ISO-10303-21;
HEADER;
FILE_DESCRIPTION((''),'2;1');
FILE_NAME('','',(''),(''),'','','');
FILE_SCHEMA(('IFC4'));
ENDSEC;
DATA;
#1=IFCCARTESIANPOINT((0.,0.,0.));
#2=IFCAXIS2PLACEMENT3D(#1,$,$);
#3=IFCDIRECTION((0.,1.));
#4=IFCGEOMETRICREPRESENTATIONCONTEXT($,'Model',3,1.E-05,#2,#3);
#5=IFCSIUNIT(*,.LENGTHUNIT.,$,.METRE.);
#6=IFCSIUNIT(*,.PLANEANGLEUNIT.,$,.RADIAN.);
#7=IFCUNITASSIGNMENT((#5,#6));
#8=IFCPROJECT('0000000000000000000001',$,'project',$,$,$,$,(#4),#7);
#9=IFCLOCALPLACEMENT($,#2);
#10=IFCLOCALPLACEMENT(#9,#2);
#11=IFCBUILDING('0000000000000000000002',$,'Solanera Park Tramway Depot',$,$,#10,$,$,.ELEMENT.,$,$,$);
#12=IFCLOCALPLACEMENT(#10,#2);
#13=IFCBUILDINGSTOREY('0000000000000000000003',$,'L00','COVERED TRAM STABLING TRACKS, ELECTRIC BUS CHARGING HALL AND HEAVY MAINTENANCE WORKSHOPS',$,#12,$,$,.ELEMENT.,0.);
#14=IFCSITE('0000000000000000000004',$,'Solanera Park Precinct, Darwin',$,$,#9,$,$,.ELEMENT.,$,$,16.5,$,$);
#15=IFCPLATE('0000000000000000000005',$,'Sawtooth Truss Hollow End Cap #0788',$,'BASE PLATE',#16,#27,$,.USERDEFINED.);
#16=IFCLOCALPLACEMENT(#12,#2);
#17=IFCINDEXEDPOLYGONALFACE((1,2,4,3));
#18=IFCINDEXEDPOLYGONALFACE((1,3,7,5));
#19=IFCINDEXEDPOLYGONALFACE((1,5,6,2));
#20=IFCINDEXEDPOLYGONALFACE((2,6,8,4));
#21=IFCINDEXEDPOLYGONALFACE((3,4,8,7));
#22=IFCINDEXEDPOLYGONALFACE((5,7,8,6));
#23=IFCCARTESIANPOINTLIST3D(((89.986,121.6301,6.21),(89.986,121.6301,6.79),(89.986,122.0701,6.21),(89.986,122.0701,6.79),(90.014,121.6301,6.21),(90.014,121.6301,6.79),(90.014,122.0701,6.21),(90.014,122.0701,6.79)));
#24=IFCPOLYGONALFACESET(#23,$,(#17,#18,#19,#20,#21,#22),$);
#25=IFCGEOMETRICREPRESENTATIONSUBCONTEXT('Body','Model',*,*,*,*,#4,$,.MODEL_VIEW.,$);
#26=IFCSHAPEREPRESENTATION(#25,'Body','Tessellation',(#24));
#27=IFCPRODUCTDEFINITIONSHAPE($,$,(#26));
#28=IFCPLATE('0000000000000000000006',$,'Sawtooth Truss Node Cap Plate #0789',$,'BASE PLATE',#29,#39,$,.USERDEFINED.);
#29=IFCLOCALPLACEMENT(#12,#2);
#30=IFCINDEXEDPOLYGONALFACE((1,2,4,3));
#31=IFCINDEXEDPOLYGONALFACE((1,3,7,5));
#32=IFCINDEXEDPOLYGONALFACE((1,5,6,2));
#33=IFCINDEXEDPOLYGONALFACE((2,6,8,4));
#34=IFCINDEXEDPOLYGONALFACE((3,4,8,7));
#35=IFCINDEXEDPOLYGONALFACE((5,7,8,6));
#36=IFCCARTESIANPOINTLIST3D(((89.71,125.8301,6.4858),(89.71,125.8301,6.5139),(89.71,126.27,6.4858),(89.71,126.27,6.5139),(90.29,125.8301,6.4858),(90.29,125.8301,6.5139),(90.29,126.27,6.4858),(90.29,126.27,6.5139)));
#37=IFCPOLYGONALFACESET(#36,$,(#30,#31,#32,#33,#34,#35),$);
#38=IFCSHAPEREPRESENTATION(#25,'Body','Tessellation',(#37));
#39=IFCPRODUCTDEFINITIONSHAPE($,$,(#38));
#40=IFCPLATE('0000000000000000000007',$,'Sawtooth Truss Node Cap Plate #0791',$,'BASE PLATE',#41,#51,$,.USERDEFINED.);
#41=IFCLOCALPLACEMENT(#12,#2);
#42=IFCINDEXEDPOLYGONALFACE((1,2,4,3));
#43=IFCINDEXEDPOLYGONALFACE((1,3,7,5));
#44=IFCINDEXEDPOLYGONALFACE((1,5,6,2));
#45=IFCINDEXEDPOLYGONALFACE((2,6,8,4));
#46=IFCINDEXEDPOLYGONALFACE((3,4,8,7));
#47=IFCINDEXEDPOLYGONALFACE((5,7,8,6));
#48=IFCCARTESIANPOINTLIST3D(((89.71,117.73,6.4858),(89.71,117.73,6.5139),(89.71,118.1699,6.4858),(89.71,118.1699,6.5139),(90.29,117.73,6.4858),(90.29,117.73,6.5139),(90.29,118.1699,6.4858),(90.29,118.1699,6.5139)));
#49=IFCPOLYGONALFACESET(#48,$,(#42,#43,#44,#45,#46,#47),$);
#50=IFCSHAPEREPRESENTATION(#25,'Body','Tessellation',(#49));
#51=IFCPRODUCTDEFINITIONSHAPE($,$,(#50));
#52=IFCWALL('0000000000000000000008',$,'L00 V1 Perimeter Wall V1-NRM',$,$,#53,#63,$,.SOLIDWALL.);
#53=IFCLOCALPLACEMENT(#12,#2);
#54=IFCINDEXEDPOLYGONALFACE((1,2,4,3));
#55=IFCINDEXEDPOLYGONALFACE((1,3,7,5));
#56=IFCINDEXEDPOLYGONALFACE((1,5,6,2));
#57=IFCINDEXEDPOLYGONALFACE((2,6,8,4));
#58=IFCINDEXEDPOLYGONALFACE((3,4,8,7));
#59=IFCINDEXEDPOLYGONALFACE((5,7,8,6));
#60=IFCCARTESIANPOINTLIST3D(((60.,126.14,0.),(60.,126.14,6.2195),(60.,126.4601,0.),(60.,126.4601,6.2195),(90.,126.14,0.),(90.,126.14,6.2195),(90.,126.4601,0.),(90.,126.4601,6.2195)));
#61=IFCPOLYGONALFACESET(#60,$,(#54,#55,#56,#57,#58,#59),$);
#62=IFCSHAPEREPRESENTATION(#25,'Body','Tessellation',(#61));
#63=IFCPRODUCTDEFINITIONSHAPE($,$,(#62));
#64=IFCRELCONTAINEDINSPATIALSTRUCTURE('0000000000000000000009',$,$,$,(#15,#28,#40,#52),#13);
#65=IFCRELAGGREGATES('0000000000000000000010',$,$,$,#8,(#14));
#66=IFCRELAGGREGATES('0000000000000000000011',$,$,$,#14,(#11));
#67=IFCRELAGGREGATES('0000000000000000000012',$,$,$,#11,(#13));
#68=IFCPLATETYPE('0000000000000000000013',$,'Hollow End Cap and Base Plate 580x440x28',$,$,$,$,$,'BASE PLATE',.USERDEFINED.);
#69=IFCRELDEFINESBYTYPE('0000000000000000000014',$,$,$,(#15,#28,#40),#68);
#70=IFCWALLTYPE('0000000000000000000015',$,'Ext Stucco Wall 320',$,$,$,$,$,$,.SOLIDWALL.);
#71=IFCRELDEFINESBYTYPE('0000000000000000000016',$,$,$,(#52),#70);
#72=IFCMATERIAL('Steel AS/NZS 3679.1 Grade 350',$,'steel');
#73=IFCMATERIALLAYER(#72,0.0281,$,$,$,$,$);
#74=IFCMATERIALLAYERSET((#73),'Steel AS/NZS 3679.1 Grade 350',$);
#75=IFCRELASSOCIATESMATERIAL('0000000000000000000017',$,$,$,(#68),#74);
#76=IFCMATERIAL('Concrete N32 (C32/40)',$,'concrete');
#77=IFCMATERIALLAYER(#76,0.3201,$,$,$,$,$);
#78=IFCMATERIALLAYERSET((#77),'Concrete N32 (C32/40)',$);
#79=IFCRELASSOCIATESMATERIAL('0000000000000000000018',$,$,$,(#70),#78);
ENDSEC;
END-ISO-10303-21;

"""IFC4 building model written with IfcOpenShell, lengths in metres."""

from ifc_helpers import new_model, si_unit, direction, frame, frame_2d, origin, origin_2d, place, context, subcontext, project, spatial, rectangle, extrude, material, layer, layer_set, type_object, element, save


model = new_model("IFC4")

# Units and contexts
model_context = context("Model", 3, precision=1e-05, world=origin(), true_north=direction((0.0, 1.0)))
body_context = subcontext(model_context, "Body", "Model", "MODEL_VIEW")
ifc_project = project(units=[si_unit("LENGTHUNIT", "METRE"), si_unit("PLANEANGLEUNIT", "RADIAN")], contexts=[model_context])

# Site, building, storey
site_placement = place(None, origin())
site = spatial("IfcSite", under=ifc_project, at=site_placement, Name="Solanera Park Precinct, Darwin", CompositionType="ELEMENT", RefElevation=16.5)
building_placement = place(site_placement, origin())
building = spatial("IfcBuilding", under=site, at=building_placement, Name="Solanera Park Tramway Depot", CompositionType="ELEMENT")
storey_placement = place(building_placement, origin())
storey = spatial("IfcBuildingStorey", under=building, at=storey_placement, Name="L00", Description="COVERED TRAM STABLING TRACKS, ELECTRIC BUS CHARGING HALL AND HEAVY MAINTENANCE WORKSHOPS", CompositionType="ELEMENT", Elevation=0.0)

# Plates
ifc_material_1 = material(Name="Steel AS/NZS 3679.1 Grade 350", Category="steel")
ifc_layer_1 = layer(ifc_material_1, 0.0281)
ifc_layer_set_1 = layer_set([ifc_layer_1], Name="Steel AS/NZS 3679.1 Grade 350")
plate_type_1 = type_object("IfcPlateType", Name="Hollow End Cap and Base Plate 580x440x28", ElementType="BASE PLATE", PredefinedType="USERDEFINED", material=ifc_layer_set_1)
plate_1_placement = place(storey_placement, frame((90.0, 121.8501, 6.21), z_axis=(0.0, 0.0, 1.0), x_axis=(1.0, 0.0, 0.0)))
element("IfcPlate", 1, at=plate_1_placement, inside=storey, type_object=plate_type_1, Name="Sawtooth Truss Hollow End Cap #0788", ObjectType="BASE PLATE", PredefinedType="USERDEFINED", context=body_context, shape_type="SweptSolid", body=[
    extrude(rectangle(XDim=0.0281, YDim=0.4399, at=origin_2d()), origin(), (0.0, 0.0, 1.0), 0.5801),
])
for number, where, z_axis, x_axis, name in (
    (2, (90.0, 126.05, 6.4858), (0.0, 0.0, 1.0), (1.0, 0.0, 0.0), "Sawtooth Truss Node Cap Plate #0789"),
    (3, (90.0, 117.95, 6.4858), (0.0, 0.0, 1.0), (1.0, 0.0, 0.0), "Sawtooth Truss Node Cap Plate #0791"),
):
    element("IfcPlate", number, at=place(storey_placement, frame(where, z_axis=z_axis, x_axis=x_axis)), inside=storey, type_object=plate_type_1, Name=name, ObjectType="BASE PLATE", PredefinedType="USERDEFINED", context=body_context, shape_type="SweptSolid", body=[
        extrude(rectangle(XDim=0.5801, YDim=0.4399, at=origin_2d()), origin(), (0.0, 0.0, 1.0), 0.0281),
    ])

# Wall
ifc_material_2 = material(Name="Concrete N32 (C32/40)", Category="concrete")
ifc_layer_2 = layer(ifc_material_2, 0.3201)
ifc_layer_set_2 = layer_set([ifc_layer_2], Name="Concrete N32 (C32/40)")
wall_type = type_object("IfcWallType", Name="Ext Stucco Wall 320", PredefinedType="SOLIDWALL", material=ifc_layer_set_2)
wall_placement = place(storey_placement, frame((90.0, 126.3, 0.0), z_axis=(0.0, 0.0, 1.0), x_axis=(-1.0, 0.0, 0.0)))
element("IfcWall", 4, at=wall_placement, inside=storey, type_object=wall_type, Name="L00 V1 Perimeter Wall V1-NRM", PredefinedType="SOLIDWALL", context=body_context, shape_type="SweptSolid", body=[
    extrude(rectangle(XDim=30.0, YDim=0.3201, at=frame_2d((15.0, 0.0))), origin(), (0.0, 0.0, 1.0), 6.2195),
])

save(model, "model.ifc")
